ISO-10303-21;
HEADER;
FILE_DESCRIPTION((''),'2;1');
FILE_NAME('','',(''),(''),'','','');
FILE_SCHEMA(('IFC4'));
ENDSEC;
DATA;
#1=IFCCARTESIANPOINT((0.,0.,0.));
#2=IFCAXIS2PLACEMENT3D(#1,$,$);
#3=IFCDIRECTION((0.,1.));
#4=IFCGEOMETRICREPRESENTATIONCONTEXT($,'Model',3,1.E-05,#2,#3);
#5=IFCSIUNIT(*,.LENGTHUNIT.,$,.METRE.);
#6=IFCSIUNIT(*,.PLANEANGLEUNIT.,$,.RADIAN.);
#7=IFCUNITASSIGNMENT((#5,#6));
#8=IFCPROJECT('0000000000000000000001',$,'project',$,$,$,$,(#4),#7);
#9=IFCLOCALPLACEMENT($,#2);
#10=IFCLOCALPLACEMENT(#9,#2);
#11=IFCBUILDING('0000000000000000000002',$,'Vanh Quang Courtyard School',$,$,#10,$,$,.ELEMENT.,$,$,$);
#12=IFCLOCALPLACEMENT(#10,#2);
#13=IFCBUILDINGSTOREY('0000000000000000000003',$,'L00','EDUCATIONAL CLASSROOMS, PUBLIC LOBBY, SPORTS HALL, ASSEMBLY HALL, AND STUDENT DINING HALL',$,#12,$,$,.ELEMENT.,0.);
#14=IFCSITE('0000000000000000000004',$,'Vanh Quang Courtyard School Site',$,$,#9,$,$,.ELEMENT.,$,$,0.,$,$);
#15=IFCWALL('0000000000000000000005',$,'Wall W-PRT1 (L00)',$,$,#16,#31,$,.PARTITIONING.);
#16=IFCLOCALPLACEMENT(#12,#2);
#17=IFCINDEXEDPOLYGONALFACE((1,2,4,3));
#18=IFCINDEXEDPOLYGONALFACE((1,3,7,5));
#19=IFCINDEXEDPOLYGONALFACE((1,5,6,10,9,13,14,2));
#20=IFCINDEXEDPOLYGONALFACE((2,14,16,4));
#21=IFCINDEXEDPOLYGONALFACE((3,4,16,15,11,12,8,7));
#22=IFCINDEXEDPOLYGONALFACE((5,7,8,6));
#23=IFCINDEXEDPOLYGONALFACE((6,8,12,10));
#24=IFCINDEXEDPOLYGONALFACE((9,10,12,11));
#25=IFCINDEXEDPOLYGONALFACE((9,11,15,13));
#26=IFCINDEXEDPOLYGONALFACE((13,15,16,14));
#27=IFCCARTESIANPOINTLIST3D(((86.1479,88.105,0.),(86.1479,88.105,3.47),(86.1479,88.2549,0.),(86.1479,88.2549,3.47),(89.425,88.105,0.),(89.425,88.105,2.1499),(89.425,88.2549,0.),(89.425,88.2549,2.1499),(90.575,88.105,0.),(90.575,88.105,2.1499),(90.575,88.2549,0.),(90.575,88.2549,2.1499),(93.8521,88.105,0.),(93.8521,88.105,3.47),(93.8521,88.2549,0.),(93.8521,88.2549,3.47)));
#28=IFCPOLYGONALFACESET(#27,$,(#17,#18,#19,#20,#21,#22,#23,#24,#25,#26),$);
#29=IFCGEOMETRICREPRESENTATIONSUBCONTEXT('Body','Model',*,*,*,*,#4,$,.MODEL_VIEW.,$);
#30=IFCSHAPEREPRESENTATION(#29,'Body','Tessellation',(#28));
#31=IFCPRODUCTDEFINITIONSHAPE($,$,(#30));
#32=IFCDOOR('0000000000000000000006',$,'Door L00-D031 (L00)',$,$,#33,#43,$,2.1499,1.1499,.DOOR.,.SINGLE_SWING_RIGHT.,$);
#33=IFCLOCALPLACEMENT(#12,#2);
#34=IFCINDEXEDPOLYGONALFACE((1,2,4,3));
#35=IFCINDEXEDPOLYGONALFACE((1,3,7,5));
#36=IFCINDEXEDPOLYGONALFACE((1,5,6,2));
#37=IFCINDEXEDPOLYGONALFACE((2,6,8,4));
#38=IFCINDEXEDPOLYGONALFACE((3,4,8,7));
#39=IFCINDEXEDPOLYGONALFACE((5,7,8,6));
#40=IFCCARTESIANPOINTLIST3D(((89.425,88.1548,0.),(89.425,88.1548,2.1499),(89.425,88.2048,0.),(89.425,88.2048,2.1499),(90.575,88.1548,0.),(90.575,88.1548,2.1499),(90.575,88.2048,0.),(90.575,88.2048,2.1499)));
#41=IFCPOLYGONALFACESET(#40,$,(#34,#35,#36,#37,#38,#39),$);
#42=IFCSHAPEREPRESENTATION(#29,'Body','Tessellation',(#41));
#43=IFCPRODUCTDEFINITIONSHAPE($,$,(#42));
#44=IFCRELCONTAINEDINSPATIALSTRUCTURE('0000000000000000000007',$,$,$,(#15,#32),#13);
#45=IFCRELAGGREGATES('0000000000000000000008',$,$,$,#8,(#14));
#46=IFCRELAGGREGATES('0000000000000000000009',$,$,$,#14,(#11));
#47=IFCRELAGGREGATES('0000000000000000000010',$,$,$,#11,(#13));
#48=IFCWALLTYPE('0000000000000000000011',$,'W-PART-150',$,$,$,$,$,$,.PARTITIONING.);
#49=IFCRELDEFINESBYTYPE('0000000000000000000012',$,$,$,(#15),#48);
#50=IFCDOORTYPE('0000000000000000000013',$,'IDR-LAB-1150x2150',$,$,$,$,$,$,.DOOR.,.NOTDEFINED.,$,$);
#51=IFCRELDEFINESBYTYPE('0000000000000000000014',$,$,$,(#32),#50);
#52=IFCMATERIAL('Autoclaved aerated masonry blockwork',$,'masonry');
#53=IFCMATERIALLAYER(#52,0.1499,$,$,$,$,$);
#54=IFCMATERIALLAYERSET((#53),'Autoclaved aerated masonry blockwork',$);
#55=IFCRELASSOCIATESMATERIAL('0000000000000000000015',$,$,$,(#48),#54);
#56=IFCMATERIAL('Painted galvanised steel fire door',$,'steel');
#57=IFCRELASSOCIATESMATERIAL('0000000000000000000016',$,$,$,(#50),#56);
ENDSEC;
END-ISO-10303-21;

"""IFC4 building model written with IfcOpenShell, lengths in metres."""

from ifc_helpers import new_model, si_unit, direction, frame, frame_2d, origin, place, context, subcontext, project, spatial, rectangle, extrude, material, layer, layer_set, type_object, element, fill, save


model = new_model("IFC4")

# Units and contexts
model_context = context("Model", 3, precision=1e-05, world=origin(), true_north=direction((0.0, 1.0)))
body_context = subcontext(model_context, "Body", "Model", "MODEL_VIEW")
ifc_project = project(units=[si_unit("LENGTHUNIT", "METRE"), si_unit("PLANEANGLEUNIT", "RADIAN")], contexts=[model_context])

# Site, building, storey
site_placement = place(None, origin())
site = spatial("IfcSite", under=ifc_project, at=site_placement, Name="Vanh Quang Courtyard School Site", CompositionType="ELEMENT", RefElevation=0.0)
building_placement = place(site_placement, origin())
building = spatial("IfcBuilding", under=site, at=building_placement, Name="Vanh Quang Courtyard School", CompositionType="ELEMENT")
storey_placement = place(building_placement, origin())
storey = spatial("IfcBuildingStorey", under=building, at=storey_placement, Name="L00", Description="EDUCATIONAL CLASSROOMS, PUBLIC LOBBY, SPORTS HALL, ASSEMBLY HALL, AND STUDENT DINING HALL", CompositionType="ELEMENT", Elevation=0.0)

# Shared definitions
ifc_material_1 = material(Name="Painted galvanised steel fire door", Category="steel")

# Wall, opening, door
ifc_material_2 = material(Name="Autoclaved aerated masonry blockwork", Category="masonry")
ifc_layer_1 = layer(ifc_material_2, 0.1499)
ifc_layer_set_1 = layer_set([ifc_layer_1], Name="Autoclaved aerated masonry blockwork")
wall_type_1 = type_object("IfcWallType", Name="W-PART-150", PredefinedType="PARTITIONING", material=ifc_layer_set_1)
wall_1_placement = place(storey_placement, frame((86.1479, 88.1799, 0.0), z_axis=(0.0, 0.0, 1.0), x_axis=(1.0, 0.0, 0.0)))
wall_1 = element("IfcWall", 1, at=wall_1_placement, inside=storey, type_object=wall_type_1, Name="Wall W-PRT1 (L00)", PredefinedType="PARTITIONING", context=body_context, shape_type="SweptSolid", body=[
    extrude(rectangle(XDim=7.7041, YDim=0.1499, at=frame_2d((3.8521, 0.0))), origin(), (0.0, 0.0, 1.0), 3.47),
])
opening_1_placement = place(wall_1_placement, frame((3.2771, 0.0, 0.0)))
opening_1 = element("IfcOpeningElement", 2, at=opening_1_placement, cuts=wall_1, PredefinedType="OPENING", context=body_context, shape_type="SweptSolid", body=[
    extrude(rectangle(XDim=1.1499, YDim=2.1499, at=frame_2d((0.575, 1.075))), frame((0.0, 0.085, 0.0), z_axis=(0.0, -1.0, 0.0), x_axis=(1.0, 0.0, 0.0)), (0.0, 0.0, 1.0), 0.1699),
])
door_type_1 = type_object("IfcDoorType", Name="IDR-LAB-1150x2150", OperationType="NOTDEFINED", PredefinedType="DOOR", material=ifc_material_1)
door_1_placement = place(opening_1_placement, origin())
door_1 = element("IfcDoor", 3, at=door_1_placement, inside=storey, type_object=door_type_1, Name="Door L00-D031 (L00)", OperationType="SINGLE_SWING_RIGHT", OverallHeight=2.1499, OverallWidth=1.1499, PredefinedType="DOOR", context=body_context, shape_type="SweptSolid", body=[
    extrude(rectangle(XDim=1.1499, YDim=2.1499, at=frame_2d((0.575, 1.075))), frame((0.0, 0.0249, 0.0), z_axis=(0.0, -1.0, 0.0), x_axis=(1.0, 0.0, 0.0)), (0.0, 0.0, 1.0), 0.05),
])
fill(opening_1, door_1)

save(model, "model.ifc")
